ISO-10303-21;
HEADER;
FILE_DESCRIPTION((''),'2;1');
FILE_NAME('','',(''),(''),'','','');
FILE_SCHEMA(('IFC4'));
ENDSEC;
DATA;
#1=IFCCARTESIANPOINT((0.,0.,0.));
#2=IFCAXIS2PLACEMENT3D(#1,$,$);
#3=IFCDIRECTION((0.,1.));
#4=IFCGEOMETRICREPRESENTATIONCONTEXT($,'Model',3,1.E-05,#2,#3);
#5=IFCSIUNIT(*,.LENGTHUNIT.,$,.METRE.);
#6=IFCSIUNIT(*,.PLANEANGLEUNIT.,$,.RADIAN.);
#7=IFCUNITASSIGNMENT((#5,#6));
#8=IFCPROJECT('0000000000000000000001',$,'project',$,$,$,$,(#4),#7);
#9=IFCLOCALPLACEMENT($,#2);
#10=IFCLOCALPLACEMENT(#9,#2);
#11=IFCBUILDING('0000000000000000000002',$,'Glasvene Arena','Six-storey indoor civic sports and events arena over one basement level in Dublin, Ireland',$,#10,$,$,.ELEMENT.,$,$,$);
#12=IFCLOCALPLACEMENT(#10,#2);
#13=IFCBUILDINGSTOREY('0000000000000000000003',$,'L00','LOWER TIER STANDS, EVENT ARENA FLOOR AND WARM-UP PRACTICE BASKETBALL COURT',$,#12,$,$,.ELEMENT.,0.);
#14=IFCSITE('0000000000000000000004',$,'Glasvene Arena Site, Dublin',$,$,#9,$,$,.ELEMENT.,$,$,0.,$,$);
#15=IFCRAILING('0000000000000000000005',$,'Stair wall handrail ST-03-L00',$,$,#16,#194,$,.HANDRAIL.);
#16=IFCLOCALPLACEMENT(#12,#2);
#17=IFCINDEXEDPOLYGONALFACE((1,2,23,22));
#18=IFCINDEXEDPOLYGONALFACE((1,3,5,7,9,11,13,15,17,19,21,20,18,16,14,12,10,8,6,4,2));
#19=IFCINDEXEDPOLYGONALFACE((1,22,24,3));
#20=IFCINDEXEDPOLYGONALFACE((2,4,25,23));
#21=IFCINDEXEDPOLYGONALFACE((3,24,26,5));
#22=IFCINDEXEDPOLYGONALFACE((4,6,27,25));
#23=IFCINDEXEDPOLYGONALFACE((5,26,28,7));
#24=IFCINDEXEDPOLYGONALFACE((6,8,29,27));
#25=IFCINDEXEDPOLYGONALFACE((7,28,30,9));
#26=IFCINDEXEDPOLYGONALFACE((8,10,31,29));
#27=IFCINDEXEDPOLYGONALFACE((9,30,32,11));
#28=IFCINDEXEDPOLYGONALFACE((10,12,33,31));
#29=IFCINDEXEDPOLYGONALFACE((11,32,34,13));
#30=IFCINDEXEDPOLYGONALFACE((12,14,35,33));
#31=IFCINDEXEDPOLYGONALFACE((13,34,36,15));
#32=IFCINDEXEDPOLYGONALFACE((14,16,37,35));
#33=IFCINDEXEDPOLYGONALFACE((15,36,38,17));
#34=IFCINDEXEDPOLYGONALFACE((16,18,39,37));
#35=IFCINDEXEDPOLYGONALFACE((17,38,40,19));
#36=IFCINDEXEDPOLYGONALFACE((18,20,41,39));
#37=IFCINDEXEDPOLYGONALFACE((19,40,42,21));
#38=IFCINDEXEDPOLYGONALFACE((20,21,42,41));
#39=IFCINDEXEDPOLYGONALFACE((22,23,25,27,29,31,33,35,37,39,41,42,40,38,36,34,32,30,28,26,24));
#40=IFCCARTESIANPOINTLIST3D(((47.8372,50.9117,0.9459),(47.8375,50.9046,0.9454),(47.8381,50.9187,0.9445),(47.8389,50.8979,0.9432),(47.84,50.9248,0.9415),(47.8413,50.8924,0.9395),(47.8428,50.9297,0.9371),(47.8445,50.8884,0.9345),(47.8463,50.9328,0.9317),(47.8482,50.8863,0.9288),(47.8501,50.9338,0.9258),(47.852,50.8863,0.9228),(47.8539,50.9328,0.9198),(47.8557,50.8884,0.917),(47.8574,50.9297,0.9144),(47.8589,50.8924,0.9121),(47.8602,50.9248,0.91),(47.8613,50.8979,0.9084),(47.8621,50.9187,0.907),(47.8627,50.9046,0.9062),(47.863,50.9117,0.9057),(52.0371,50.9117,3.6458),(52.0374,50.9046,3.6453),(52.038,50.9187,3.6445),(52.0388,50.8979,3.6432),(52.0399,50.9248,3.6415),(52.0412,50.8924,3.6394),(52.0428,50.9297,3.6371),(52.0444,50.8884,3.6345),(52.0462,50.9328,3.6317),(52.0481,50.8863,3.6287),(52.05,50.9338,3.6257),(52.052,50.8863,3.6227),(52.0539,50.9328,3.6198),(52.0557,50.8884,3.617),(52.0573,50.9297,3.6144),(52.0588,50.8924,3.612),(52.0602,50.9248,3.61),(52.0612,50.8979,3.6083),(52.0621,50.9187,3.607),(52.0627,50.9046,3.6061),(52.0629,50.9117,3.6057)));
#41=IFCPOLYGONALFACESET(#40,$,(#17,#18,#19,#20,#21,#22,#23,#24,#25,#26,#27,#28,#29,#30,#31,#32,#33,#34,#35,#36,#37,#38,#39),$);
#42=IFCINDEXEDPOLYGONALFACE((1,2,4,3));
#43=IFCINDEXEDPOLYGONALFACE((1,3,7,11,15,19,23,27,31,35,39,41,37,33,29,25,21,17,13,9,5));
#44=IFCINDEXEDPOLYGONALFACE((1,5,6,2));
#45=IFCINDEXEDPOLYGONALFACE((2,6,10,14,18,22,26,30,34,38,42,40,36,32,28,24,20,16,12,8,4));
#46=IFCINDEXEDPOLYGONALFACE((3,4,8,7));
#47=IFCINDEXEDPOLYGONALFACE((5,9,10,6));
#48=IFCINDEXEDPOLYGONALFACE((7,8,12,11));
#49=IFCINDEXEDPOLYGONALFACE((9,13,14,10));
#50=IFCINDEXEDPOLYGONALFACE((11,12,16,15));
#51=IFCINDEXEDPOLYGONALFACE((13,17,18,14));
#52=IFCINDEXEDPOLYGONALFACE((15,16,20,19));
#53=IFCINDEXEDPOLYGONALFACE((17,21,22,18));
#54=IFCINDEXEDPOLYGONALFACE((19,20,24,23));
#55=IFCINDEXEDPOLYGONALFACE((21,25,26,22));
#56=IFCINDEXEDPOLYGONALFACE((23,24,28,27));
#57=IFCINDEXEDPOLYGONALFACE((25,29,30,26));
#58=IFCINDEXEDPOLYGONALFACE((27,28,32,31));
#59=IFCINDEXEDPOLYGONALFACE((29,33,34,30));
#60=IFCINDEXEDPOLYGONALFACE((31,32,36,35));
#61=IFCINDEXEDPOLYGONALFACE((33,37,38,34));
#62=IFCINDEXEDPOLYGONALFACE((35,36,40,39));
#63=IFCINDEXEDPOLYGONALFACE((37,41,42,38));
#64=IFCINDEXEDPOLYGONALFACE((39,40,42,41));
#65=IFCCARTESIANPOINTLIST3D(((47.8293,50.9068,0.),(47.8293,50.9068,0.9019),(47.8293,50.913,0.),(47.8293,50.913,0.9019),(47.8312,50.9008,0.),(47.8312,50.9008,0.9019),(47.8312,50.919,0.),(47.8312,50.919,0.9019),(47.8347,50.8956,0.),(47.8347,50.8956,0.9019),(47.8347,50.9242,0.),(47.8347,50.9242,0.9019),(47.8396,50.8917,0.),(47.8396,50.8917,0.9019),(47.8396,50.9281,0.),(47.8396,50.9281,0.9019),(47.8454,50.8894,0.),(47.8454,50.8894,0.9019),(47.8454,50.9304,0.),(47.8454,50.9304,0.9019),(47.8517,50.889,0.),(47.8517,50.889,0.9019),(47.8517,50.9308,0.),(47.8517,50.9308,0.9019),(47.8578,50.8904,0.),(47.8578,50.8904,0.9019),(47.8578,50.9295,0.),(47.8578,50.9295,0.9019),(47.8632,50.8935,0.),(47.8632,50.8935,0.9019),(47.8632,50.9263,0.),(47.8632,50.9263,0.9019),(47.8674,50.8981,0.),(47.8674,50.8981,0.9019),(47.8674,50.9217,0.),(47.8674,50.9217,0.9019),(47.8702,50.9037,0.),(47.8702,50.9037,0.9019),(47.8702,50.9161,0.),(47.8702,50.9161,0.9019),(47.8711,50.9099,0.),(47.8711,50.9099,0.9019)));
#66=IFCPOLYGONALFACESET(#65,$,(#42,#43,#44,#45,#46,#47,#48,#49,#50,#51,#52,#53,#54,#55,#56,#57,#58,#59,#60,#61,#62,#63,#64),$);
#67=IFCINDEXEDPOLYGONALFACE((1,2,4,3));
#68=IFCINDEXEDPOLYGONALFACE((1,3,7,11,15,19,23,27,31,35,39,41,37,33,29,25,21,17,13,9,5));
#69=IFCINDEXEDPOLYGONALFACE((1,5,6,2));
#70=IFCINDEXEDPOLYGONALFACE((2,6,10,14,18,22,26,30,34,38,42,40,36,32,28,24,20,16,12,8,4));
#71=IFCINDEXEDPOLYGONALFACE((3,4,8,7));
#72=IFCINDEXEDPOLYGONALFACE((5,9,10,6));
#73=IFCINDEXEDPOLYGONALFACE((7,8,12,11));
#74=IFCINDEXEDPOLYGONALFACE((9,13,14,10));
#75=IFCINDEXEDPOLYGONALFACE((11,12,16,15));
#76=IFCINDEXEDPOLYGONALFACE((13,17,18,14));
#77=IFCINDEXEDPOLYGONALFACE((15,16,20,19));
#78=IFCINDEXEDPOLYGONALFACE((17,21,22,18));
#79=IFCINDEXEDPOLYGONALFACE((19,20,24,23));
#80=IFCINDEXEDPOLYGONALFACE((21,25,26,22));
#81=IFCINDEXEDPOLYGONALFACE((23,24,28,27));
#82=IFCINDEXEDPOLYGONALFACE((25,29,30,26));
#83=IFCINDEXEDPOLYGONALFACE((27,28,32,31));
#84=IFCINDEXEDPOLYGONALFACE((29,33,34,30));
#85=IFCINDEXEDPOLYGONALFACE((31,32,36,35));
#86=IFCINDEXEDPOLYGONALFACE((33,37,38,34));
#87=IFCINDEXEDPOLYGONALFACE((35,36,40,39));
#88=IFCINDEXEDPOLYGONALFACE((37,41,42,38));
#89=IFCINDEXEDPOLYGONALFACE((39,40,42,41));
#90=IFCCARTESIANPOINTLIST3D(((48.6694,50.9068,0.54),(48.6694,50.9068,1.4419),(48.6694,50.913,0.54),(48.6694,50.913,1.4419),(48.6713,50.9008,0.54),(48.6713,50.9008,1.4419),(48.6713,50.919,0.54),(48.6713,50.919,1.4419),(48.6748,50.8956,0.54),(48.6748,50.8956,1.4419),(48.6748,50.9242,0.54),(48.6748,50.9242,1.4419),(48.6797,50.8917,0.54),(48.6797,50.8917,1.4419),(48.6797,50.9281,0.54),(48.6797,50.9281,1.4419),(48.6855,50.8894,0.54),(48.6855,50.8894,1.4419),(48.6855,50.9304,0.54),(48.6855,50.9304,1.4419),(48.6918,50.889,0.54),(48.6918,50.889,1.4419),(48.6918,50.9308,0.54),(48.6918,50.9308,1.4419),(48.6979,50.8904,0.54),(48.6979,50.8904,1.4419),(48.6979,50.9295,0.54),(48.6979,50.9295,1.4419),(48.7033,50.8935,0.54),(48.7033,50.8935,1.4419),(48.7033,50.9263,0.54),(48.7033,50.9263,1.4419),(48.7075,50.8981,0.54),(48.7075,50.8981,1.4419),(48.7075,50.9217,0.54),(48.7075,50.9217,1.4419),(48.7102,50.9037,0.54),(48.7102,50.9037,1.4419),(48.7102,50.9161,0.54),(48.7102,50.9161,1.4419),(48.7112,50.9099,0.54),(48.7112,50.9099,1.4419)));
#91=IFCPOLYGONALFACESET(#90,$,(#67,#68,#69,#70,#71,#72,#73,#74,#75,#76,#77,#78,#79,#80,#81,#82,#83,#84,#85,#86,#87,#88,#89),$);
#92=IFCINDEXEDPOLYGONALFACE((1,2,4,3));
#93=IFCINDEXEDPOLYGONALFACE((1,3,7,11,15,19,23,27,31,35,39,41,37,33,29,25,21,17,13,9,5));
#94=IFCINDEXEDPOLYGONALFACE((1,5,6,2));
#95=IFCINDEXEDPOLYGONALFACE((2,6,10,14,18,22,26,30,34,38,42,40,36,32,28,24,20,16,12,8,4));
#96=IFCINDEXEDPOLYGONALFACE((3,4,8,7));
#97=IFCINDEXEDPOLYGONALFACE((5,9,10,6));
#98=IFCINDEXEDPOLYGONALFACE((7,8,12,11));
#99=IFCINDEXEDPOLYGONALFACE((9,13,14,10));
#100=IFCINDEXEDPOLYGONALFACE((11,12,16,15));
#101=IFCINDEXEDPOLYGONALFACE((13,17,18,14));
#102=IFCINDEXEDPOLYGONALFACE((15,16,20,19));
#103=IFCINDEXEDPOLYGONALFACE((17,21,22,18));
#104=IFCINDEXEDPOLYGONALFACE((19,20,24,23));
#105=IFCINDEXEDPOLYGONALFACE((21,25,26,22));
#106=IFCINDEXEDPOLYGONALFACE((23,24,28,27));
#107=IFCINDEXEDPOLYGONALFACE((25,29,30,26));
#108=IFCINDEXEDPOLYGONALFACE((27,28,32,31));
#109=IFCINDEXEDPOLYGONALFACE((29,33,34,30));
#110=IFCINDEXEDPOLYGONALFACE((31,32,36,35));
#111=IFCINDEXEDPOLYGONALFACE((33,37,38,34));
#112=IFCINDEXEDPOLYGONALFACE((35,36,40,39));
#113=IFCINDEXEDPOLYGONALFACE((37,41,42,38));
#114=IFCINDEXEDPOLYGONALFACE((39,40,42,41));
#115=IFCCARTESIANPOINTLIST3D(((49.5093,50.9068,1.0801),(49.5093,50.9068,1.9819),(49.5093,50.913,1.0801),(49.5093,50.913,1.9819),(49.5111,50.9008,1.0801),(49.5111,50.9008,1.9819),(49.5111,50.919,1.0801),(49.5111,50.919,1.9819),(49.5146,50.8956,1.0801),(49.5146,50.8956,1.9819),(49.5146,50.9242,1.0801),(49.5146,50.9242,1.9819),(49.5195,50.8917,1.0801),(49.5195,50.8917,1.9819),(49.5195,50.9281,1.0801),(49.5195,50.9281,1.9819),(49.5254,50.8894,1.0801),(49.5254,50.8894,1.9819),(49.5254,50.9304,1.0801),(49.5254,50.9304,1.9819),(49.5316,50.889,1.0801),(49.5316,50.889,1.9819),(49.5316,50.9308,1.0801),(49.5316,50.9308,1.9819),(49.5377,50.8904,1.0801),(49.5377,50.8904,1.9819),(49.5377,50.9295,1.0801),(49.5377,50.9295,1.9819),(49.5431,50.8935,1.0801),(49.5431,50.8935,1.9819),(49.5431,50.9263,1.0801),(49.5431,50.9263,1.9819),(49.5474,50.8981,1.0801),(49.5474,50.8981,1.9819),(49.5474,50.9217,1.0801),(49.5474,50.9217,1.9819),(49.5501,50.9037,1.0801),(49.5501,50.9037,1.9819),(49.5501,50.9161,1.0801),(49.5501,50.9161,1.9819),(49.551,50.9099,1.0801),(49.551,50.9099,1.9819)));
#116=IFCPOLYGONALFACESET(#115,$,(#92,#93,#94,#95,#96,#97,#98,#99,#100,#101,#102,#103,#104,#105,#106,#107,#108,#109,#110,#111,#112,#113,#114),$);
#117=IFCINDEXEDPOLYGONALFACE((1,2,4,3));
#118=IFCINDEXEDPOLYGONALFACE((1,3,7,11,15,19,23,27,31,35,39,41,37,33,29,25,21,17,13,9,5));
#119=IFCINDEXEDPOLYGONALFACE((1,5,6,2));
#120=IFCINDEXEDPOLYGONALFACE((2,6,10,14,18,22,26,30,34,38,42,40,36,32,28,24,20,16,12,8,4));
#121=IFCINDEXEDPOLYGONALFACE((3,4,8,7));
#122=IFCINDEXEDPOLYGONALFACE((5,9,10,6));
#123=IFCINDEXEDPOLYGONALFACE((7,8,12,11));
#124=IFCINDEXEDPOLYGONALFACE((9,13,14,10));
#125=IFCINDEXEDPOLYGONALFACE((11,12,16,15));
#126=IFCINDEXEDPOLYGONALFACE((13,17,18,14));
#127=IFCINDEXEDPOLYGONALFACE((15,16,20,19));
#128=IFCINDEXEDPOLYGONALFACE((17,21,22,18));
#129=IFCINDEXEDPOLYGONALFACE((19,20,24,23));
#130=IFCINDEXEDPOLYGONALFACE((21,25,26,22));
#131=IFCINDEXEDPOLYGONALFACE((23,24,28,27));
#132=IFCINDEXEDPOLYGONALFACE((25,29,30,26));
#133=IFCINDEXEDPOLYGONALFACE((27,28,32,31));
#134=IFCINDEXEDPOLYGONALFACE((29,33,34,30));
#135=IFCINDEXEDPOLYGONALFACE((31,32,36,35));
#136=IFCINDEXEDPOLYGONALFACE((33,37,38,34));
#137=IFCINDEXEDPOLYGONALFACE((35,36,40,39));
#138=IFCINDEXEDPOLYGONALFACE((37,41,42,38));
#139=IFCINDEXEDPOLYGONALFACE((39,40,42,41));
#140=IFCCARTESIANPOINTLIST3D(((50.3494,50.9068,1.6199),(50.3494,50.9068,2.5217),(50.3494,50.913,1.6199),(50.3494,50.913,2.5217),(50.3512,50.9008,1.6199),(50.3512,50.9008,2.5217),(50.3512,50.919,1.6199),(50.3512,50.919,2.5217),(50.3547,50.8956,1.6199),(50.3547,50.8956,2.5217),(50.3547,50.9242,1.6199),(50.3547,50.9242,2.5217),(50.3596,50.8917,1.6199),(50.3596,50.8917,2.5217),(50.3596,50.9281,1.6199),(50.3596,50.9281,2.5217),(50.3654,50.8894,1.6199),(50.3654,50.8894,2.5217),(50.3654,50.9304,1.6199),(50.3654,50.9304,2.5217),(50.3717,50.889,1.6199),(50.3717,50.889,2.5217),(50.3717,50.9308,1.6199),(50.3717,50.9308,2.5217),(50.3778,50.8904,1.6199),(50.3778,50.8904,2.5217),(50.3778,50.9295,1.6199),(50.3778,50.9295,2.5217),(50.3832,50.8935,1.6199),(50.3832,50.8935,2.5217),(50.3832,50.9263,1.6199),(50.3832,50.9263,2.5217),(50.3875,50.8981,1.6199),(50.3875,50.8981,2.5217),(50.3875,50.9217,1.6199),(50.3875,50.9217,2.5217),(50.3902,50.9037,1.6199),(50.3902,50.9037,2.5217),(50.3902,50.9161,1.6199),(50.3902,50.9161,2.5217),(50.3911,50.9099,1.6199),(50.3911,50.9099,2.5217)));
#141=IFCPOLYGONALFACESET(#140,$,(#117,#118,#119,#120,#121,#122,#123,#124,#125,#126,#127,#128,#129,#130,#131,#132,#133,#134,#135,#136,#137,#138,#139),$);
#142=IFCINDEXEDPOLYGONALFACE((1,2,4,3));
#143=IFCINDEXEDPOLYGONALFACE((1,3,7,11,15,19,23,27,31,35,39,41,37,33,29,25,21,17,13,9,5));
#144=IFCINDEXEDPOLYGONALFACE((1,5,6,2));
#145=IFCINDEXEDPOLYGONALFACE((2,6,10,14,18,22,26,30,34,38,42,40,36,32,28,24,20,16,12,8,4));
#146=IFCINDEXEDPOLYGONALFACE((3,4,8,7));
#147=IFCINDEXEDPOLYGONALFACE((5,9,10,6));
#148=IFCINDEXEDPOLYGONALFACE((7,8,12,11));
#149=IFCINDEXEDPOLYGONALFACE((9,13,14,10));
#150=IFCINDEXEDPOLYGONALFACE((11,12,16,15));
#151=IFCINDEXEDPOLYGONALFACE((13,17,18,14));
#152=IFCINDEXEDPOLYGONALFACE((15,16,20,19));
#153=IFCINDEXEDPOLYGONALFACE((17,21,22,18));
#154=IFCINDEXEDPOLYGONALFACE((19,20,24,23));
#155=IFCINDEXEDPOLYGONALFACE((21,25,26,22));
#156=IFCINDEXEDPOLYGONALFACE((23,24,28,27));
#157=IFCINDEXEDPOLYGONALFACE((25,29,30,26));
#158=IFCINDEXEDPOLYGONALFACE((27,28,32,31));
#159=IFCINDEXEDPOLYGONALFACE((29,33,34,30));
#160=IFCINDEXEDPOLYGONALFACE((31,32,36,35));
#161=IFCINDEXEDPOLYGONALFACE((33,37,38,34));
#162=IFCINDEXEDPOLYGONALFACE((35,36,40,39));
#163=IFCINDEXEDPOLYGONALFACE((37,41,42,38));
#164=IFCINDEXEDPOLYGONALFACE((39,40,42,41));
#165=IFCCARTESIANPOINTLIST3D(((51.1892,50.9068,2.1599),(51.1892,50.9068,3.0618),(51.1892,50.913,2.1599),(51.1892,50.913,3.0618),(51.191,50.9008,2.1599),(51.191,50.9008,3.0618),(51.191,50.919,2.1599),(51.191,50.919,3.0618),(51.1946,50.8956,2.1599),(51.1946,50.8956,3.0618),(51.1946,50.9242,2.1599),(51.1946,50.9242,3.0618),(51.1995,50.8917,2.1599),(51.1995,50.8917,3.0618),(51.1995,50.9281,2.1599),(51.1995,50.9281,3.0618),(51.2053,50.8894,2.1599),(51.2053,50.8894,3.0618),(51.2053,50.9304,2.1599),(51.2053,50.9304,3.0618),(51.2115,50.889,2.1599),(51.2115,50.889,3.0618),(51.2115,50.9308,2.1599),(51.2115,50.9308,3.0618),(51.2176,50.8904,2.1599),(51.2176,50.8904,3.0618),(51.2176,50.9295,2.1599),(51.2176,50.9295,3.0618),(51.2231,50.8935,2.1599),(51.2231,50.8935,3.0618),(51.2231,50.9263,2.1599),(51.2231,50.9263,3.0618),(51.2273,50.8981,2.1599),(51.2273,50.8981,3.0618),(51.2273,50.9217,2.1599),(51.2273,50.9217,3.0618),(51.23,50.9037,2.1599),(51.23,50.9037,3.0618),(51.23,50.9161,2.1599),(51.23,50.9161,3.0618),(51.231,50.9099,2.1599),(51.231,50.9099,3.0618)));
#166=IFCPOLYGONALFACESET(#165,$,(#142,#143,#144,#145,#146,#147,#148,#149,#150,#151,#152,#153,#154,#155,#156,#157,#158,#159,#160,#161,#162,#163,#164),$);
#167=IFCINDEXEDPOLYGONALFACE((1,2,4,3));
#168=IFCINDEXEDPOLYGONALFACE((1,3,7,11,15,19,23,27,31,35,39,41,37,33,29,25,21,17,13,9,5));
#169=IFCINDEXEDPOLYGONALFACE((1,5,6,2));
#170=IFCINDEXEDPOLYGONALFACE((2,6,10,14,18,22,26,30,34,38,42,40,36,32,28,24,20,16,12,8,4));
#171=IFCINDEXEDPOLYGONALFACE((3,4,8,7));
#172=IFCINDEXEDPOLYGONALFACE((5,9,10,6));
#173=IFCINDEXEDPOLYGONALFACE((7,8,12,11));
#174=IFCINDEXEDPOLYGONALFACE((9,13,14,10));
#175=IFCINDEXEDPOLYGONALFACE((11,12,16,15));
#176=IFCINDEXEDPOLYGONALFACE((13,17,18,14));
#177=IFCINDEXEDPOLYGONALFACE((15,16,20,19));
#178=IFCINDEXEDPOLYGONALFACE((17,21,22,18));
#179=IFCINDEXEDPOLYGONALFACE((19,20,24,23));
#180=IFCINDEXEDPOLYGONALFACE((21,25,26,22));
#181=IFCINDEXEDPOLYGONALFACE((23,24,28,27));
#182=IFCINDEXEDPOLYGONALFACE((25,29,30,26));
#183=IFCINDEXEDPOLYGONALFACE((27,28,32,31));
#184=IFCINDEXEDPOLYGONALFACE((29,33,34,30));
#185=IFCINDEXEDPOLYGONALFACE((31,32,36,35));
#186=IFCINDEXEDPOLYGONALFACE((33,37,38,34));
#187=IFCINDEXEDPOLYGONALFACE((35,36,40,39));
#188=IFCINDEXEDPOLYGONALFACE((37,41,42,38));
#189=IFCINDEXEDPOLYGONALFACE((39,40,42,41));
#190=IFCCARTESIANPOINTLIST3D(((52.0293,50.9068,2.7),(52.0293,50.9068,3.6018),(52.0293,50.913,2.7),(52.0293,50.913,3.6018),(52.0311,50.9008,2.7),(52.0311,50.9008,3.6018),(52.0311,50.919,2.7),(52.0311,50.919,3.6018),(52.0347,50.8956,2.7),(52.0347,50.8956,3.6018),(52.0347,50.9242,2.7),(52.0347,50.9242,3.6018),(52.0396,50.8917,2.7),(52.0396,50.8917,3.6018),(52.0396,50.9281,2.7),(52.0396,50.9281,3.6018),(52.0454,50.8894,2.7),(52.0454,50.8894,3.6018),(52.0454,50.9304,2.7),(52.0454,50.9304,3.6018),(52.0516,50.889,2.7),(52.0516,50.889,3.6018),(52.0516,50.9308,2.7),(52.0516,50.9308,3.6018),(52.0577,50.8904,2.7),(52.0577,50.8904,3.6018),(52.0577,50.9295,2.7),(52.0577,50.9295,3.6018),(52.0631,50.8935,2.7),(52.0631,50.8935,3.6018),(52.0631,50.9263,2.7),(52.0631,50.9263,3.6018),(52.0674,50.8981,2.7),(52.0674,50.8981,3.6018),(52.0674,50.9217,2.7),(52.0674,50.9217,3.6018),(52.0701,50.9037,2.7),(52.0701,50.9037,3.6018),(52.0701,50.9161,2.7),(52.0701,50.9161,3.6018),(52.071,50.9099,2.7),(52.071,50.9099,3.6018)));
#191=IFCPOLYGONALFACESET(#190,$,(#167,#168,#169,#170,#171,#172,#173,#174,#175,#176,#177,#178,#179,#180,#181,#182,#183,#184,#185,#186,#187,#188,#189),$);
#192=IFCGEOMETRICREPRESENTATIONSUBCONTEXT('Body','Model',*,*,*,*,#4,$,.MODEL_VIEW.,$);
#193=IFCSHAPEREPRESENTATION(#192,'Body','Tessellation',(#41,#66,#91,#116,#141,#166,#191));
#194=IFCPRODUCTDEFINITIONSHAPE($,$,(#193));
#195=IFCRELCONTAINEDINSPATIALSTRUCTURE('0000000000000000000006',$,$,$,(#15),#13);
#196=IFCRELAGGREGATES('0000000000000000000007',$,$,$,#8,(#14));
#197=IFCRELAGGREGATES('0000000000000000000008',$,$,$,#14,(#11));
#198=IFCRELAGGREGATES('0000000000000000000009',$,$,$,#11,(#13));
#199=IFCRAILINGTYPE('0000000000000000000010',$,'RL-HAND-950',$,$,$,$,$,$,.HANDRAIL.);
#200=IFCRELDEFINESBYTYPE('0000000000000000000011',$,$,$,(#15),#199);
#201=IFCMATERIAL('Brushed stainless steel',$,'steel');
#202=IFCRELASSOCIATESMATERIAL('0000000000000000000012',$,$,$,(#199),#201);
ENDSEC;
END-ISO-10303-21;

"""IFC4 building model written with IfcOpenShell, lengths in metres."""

from ifc_helpers import new_model, si_unit, direction, frame, origin, origin_2d, place, context, subcontext, project, spatial, circle, extrude, material, type_object, element, save


model = new_model("IFC4")

# Units and contexts
model_context = context("Model", 3, precision=1e-05, world=origin(), true_north=direction((0.0, 1.0)))
body_context = subcontext(model_context, "Body", "Model", "MODEL_VIEW")
ifc_project = project(units=[si_unit("LENGTHUNIT", "METRE"), si_unit("PLANEANGLEUNIT", "RADIAN")], contexts=[model_context])

# Site, building, storey
site_placement = place(None, origin())
site = spatial("IfcSite", under=ifc_project, at=site_placement, Name="Glasvene Arena Site, Dublin", CompositionType="ELEMENT", RefElevation=0.0)
building_placement = place(site_placement, origin())
building = spatial("IfcBuilding", under=site, at=building_placement, Name="Glasvene Arena", Description="Six-storey indoor civic sports and events arena over one basement level in Dublin, Ireland", CompositionType="ELEMENT")
storey_placement = place(building_placement, origin())
storey = spatial("IfcBuildingStorey", under=building, at=storey_placement, Name="L00", Description="LOWER TIER STANDS, EVENT ARENA FLOOR AND WARM-UP PRACTICE BASKETBALL COURT", CompositionType="ELEMENT", Elevation=0.0)

# Railing
ifc_material_1 = material(Name="Brushed stainless steel", Category="steel")
railing_type_1 = type_object("IfcRailingType", Name="RL-HAND-950", PredefinedType="HANDRAIL", material=ifc_material_1)
railing_1_placement = place(storey_placement, frame((47.8501, 50.9099, 0.0)))
element("IfcRailing", 1, at=railing_1_placement, inside=storey, type_object=railing_type_1, Name="Stair wall handrail ST-03-L00", PredefinedType="HANDRAIL", context=body_context, shape_type="SweptSolid", body=[
    extrude(circle(Radius=0.0239, at=origin_2d()), frame((0.0, 0.0, 0.9258), z_axis=(0.84118, 0.0, 0.540755), x_axis=(0.0, 1.0, 0.0)), (0.0, 0.0, 1.0), 4.9929),
    extrude(circle(Radius=0.021, at=origin_2d()), origin(), (0.0, 0.0, 1.0), 0.9019),
    extrude(circle(Radius=0.021, at=origin_2d()), frame((0.8401, 0.0, 0.54)), (0.0, 0.0, 1.0), 0.9019),
    extrude(circle(Radius=0.021, at=origin_2d()), frame((1.6799, 0.0, 1.0801)), (0.0, 0.0, 1.0), 0.9019),
    extrude(circle(Radius=0.021, at=origin_2d()), frame((2.52, 0.0, 1.6199)), (0.0, 0.0, 1.0), 0.9019),
    extrude(circle(Radius=0.021, at=origin_2d()), frame((3.3599, 0.0, 2.1599)), (0.0, 0.0, 1.0), 0.9019),
    extrude(circle(Radius=0.021, at=origin_2d()), frame((4.2, 0.0, 2.7)), (0.0, 0.0, 1.0), 0.9019),
])

save(model, "model.ifc")
